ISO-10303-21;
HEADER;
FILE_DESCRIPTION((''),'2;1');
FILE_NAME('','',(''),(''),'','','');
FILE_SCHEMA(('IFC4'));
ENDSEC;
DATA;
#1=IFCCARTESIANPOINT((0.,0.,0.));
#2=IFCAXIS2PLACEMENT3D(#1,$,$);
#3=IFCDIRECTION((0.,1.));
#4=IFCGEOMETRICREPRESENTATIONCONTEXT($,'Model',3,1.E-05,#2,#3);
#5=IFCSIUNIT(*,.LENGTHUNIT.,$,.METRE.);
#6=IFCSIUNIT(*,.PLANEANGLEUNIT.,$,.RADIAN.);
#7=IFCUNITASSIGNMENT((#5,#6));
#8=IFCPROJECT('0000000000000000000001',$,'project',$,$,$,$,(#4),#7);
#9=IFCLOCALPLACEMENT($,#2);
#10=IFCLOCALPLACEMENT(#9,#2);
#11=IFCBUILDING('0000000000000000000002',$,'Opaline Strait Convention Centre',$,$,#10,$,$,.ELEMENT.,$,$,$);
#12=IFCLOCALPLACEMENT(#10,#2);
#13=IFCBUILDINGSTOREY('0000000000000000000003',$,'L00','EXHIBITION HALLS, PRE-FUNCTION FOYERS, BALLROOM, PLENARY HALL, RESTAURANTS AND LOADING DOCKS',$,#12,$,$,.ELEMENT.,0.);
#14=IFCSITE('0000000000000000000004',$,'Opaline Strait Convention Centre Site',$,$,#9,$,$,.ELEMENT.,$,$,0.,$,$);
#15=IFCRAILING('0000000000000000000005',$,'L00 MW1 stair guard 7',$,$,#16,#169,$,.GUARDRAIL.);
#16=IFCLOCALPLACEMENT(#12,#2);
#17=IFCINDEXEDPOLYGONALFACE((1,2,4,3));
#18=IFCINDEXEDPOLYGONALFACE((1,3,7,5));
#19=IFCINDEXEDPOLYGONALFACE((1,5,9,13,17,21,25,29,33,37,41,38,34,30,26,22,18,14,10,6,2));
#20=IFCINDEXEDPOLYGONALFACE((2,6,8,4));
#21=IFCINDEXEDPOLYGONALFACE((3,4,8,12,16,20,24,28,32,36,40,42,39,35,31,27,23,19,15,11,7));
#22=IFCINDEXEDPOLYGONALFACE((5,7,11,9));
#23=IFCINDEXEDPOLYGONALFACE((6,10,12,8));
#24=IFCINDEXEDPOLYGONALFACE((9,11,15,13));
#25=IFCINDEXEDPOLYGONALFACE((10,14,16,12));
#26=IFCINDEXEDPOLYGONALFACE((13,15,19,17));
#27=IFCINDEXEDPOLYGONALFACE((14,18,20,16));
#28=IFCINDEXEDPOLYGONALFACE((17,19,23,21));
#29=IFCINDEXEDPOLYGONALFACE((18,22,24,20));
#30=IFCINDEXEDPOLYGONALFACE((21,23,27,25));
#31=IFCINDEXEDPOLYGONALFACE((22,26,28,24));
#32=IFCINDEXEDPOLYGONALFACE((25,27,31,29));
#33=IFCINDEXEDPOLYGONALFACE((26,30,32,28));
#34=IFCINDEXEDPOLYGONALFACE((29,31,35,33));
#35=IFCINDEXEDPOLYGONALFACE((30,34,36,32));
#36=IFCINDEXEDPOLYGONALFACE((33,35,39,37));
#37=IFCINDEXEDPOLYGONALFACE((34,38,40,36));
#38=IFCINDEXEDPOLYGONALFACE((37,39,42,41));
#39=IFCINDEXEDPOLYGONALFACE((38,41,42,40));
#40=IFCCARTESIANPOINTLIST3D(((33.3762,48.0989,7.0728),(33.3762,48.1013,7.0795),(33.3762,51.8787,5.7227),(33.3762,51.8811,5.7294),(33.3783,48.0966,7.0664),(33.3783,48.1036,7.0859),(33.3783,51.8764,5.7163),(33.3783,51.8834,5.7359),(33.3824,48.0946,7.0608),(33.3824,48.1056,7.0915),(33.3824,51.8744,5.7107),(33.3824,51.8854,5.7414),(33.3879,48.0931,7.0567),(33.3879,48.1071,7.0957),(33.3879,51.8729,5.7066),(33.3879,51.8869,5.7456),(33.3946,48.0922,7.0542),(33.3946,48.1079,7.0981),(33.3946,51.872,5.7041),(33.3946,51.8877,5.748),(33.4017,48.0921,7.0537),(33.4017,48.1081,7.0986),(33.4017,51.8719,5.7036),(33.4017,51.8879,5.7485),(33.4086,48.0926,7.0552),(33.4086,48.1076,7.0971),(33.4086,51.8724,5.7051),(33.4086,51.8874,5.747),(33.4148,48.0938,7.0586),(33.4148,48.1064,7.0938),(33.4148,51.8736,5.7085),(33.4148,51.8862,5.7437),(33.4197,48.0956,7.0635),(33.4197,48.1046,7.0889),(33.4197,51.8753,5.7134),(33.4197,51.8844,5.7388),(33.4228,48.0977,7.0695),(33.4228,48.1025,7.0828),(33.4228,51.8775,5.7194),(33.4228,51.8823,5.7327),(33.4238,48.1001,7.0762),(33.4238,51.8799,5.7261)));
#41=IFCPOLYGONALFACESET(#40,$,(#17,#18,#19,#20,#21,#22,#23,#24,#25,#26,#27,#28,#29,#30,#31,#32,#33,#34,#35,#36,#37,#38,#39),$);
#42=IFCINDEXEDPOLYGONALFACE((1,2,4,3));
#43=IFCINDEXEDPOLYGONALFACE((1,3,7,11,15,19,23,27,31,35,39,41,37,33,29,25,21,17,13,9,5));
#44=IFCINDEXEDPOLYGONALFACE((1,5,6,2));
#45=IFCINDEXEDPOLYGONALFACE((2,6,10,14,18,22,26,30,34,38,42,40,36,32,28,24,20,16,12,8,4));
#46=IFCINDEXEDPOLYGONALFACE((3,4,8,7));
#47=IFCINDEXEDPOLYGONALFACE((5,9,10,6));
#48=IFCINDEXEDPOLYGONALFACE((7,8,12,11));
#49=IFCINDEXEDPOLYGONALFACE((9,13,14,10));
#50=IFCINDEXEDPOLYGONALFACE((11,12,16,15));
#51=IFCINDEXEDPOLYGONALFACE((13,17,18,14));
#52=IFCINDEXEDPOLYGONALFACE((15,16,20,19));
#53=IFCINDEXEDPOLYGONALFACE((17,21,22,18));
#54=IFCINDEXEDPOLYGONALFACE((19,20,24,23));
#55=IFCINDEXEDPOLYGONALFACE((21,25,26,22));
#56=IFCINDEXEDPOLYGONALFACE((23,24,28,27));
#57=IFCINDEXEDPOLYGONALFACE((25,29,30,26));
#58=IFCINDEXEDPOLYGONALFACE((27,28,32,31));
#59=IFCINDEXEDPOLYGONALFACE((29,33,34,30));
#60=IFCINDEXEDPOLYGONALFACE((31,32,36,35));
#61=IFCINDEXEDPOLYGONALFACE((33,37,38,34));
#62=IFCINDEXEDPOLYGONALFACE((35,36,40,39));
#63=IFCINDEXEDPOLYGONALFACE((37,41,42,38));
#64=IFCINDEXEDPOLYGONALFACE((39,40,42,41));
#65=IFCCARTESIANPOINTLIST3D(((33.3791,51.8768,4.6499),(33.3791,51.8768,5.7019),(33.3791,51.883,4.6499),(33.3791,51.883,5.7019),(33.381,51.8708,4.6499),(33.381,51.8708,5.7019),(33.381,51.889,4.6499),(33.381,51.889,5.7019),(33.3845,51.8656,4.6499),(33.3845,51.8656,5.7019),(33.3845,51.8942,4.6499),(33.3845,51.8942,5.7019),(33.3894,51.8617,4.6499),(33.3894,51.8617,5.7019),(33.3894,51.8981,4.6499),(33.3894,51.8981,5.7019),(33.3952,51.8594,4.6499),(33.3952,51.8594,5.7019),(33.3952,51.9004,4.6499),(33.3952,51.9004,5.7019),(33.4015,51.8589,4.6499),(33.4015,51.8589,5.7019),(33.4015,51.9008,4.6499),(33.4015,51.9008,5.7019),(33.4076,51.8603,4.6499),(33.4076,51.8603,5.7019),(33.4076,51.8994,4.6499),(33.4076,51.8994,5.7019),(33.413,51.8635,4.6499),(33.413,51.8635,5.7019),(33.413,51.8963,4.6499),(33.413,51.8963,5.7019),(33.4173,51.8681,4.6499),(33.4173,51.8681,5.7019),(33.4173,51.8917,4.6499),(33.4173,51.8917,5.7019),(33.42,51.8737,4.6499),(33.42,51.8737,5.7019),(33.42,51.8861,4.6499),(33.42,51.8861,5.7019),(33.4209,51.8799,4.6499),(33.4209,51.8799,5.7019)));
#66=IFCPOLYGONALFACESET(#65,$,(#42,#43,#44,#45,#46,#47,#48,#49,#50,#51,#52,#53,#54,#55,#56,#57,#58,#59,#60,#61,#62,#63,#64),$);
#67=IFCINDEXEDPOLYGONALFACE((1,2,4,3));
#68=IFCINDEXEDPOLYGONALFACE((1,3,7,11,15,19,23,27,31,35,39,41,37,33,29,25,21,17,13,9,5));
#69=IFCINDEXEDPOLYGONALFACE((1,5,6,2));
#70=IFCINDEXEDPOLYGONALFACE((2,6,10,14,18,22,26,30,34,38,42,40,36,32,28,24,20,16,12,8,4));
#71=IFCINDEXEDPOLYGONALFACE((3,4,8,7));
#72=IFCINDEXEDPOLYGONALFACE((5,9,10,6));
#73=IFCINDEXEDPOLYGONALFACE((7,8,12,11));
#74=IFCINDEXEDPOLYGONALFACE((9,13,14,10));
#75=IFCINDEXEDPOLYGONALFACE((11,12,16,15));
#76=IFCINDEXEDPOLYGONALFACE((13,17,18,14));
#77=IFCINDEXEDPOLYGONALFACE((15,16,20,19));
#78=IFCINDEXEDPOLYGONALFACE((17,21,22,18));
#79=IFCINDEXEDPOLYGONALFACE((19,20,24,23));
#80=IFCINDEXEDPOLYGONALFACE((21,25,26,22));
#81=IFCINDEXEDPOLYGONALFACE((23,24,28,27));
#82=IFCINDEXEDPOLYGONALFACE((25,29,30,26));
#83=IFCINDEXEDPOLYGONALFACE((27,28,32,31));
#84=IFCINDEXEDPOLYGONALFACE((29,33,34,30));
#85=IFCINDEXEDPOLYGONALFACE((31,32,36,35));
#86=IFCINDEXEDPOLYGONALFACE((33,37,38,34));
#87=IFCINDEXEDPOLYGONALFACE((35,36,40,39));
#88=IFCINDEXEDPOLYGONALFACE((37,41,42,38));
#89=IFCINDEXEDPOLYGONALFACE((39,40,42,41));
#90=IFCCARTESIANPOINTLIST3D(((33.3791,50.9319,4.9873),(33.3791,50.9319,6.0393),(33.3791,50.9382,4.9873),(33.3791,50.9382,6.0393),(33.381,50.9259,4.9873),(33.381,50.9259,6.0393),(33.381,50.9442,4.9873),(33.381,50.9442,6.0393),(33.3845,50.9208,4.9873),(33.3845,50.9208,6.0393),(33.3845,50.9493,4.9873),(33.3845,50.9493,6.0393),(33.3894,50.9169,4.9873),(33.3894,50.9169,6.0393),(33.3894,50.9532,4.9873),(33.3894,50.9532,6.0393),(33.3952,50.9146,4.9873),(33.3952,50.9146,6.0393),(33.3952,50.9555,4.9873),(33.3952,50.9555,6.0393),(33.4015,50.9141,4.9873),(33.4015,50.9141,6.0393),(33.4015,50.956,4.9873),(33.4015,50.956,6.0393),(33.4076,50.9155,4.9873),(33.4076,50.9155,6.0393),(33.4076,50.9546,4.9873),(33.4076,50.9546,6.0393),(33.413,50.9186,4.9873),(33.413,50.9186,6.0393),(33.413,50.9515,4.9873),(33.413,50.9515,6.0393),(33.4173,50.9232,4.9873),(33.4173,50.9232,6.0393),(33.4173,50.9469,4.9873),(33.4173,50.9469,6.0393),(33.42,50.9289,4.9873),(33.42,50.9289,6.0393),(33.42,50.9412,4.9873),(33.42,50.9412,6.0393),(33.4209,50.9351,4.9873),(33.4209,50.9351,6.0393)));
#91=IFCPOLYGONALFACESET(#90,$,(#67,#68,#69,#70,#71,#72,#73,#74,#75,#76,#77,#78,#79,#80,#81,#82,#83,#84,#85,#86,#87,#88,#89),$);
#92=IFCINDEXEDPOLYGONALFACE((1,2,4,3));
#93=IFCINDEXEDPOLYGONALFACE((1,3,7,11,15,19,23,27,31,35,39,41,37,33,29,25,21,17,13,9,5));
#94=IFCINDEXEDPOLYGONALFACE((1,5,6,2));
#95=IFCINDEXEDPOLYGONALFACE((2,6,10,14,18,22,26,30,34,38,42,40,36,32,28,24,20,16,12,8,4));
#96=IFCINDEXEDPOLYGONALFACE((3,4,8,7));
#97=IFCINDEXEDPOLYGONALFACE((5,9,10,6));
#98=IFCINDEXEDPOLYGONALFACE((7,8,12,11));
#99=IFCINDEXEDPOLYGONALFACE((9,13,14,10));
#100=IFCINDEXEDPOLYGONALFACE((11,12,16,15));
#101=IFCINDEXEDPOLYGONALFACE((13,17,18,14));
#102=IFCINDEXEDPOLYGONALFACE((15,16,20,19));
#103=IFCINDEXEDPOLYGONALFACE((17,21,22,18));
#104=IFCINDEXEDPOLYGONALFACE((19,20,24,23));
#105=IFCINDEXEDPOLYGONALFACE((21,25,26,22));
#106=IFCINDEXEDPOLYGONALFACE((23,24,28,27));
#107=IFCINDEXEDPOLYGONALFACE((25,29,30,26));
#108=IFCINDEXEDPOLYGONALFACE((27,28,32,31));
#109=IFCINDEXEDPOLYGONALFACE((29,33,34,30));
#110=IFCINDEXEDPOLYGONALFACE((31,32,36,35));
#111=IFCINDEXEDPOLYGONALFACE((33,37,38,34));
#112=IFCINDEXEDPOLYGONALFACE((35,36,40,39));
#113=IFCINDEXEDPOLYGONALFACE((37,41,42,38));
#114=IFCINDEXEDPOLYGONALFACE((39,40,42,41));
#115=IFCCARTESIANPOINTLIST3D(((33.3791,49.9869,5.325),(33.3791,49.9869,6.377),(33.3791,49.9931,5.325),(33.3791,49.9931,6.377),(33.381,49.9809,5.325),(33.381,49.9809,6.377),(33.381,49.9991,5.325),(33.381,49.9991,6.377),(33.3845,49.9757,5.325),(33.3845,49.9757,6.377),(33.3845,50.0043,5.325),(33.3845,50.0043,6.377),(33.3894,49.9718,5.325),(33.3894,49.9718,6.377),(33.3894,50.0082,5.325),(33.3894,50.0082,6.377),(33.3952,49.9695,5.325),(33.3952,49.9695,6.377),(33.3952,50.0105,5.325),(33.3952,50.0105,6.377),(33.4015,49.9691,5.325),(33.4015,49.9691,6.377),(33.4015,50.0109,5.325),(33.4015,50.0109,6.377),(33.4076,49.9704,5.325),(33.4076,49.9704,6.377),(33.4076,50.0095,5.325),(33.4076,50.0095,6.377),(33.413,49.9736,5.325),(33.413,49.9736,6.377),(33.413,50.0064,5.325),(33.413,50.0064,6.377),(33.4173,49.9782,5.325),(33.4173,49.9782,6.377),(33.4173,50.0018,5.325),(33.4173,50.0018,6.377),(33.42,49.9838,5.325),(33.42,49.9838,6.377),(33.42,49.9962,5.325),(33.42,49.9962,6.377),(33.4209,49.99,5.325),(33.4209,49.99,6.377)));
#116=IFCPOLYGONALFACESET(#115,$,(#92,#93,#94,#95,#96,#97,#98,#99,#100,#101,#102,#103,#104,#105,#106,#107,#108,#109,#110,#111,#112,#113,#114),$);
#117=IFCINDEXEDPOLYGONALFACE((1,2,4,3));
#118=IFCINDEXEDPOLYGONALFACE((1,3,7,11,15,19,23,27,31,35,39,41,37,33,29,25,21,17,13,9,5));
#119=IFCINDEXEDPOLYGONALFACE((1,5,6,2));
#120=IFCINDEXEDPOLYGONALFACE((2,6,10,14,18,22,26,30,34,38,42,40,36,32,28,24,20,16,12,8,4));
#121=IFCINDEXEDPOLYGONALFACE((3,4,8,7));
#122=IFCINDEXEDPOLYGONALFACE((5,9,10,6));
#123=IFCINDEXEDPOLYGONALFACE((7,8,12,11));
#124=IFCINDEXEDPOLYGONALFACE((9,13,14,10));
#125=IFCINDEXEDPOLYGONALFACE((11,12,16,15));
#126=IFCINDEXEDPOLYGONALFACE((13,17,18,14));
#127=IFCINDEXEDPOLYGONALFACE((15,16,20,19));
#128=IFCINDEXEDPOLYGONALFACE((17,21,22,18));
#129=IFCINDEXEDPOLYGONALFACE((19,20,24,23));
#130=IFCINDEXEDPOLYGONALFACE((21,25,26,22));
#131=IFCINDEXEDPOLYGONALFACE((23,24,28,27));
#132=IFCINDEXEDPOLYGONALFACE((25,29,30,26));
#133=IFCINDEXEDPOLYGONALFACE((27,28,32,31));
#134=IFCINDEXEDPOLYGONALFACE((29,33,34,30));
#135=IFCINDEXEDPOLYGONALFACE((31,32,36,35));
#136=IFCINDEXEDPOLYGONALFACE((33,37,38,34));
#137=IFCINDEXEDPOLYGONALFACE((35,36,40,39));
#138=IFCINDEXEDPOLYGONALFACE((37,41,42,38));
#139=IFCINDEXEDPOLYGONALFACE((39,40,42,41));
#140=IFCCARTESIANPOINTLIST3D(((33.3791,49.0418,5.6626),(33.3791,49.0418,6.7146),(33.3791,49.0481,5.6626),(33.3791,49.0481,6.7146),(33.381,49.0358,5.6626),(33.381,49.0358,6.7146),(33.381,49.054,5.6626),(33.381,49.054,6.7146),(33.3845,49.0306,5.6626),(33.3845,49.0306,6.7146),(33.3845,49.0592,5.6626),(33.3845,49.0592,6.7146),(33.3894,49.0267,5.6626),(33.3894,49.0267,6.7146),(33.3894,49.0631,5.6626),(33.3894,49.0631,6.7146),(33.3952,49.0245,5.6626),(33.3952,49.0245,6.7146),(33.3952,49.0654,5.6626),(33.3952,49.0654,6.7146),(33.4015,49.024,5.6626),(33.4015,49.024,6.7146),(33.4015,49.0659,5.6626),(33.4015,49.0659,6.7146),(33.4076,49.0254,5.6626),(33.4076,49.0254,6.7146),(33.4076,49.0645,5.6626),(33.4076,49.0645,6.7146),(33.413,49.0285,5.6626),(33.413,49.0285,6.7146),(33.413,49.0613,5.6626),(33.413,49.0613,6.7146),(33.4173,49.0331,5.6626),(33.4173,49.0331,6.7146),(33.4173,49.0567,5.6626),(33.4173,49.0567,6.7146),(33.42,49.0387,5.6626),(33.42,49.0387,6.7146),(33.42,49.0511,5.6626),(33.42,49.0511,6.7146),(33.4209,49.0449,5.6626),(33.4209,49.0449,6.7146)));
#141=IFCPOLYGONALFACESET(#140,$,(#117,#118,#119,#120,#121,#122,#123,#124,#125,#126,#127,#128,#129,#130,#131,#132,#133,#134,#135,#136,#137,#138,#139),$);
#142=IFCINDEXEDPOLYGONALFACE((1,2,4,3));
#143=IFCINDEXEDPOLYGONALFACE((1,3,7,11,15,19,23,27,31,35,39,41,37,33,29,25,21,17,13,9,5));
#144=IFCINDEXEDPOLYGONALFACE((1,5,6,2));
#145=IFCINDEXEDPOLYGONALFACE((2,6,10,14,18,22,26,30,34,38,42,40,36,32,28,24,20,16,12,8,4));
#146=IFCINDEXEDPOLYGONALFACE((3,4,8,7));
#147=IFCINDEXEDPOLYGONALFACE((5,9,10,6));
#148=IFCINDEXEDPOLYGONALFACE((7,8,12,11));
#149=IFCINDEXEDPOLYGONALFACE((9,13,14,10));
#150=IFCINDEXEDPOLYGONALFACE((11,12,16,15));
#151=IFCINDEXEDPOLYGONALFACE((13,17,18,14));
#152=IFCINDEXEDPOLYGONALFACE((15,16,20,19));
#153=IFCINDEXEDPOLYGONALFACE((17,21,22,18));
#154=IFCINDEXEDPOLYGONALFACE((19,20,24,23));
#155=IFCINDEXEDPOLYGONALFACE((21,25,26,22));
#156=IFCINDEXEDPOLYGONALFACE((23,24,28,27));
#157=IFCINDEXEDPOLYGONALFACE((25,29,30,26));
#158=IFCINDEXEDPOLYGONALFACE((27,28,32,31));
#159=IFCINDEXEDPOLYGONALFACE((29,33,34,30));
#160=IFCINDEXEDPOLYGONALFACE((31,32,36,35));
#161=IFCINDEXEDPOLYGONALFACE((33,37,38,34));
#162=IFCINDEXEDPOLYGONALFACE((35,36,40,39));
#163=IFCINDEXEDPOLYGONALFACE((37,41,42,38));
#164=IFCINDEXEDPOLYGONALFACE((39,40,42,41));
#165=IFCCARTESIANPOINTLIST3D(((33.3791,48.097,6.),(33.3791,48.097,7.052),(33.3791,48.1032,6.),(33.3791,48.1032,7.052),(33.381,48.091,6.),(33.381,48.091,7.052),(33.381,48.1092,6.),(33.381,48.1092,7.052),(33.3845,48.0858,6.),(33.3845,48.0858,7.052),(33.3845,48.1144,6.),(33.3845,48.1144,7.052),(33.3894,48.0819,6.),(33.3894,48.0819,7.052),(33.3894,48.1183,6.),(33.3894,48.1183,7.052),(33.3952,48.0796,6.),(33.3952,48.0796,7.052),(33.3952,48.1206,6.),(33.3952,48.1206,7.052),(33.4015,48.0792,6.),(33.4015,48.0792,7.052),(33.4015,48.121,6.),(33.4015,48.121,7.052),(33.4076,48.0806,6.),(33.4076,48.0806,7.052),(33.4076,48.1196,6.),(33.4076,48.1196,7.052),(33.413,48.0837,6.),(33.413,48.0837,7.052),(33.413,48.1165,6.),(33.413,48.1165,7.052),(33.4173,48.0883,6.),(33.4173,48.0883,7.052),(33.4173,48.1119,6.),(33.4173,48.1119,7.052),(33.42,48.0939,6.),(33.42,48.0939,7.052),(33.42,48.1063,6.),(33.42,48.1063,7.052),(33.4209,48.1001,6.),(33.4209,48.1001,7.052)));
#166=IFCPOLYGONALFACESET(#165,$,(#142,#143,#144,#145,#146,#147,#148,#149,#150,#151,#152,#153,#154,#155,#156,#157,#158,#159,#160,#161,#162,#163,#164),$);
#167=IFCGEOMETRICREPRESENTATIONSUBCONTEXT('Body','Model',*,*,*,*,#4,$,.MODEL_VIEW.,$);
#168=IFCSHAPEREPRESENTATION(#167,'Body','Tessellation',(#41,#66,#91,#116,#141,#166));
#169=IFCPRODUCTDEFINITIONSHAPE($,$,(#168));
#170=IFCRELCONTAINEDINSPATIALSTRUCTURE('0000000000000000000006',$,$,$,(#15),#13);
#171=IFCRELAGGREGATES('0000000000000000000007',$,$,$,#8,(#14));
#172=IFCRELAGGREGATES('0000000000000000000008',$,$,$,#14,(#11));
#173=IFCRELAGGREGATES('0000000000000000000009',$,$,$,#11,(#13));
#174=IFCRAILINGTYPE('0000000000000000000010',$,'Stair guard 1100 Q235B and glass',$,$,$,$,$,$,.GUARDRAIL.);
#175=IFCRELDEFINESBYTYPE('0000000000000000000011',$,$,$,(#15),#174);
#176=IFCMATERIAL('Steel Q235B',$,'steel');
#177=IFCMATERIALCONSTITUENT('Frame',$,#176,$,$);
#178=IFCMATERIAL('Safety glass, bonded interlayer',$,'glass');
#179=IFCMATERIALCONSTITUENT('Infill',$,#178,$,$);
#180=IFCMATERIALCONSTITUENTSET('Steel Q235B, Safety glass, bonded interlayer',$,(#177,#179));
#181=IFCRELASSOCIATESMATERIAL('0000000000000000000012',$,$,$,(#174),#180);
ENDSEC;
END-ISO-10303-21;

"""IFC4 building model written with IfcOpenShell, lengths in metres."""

from ifc_helpers import new_model, si_unit, direction, frame, origin, origin_2d, place, context, subcontext, project, spatial, circle, extrude, material, constituent, constituent_set, type_object, element, save


model = new_model("IFC4")

# Units and contexts
model_context = context("Model", 3, precision=1e-05, world=origin(), true_north=direction((0.0, 1.0)))
body_context = subcontext(model_context, "Body", "Model", "MODEL_VIEW")
ifc_project = project(units=[si_unit("LENGTHUNIT", "METRE"), si_unit("PLANEANGLEUNIT", "RADIAN")], contexts=[model_context])

# Site, building, storey
site_placement = place(None, origin())
site = spatial("IfcSite", under=ifc_project, at=site_placement, Name="Opaline Strait Convention Centre Site", CompositionType="ELEMENT", RefElevation=0.0)
building_placement = place(site_placement, origin())
building = spatial("IfcBuilding", under=site, at=building_placement, Name="Opaline Strait Convention Centre", CompositionType="ELEMENT")
storey_placement = place(building_placement, origin())
storey = spatial("IfcBuildingStorey", under=building, at=storey_placement, Name="L00", Description="EXHIBITION HALLS, PRE-FUNCTION FOYERS, BALLROOM, PLENARY HALL, RESTAURANTS AND LOADING DOCKS", CompositionType="ELEMENT", Elevation=0.0)

# Railing
ifc_material_1 = material(Name="Steel Q235B", Category="steel")
ifc_constituent_1 = constituent(ifc_material_1, Name="Frame")
ifc_material_2 = material(Name="Safety glass, bonded interlayer", Category="glass")
ifc_constituent_2 = constituent(ifc_material_2, Name="Infill")
ifc_constituent_set = constituent_set(constituents=[ifc_constituent_1, ifc_constituent_2], Name="Steel Q235B, Safety glass, bonded interlayer")
railing_type_1 = type_object("IfcRailingType", Name="Stair guard 1100 Q235B and glass", PredefinedType="GUARDRAIL", material=ifc_constituent_set)
railing_1_placement = place(storey_placement, frame((33.3999, 51.8799, 4.6499)))
element("IfcRailing", 1, at=railing_1_placement, inside=storey, type_object=railing_type_1, Name="L00 MW1 stair guard 7", PredefinedType="GUARDRAIL", context=body_context, shape_type="SweptSolid", body=[
    extrude(circle(Radius=0.0239, at=origin_2d()), frame((0.0, 0.0, 1.0762), z_axis=(0.0, -0.941728, 0.336375), x_axis=(1.0, 0.0, 0.0)), (0.0, 0.0, 1.0), 4.0137),
    extrude(circle(Radius=0.021, at=origin_2d()), origin(), (0.0, 0.0, 1.0), 1.052),
    extrude(circle(Radius=0.021, at=origin_2d()), frame((0.0, -0.9448, 0.3374)), (0.0, 0.0, 1.0), 1.052),
    extrude(circle(Radius=0.021, at=origin_2d()), frame((0.0, -1.8899, 0.675)), (0.0, 0.0, 1.0), 1.052),
    extrude(circle(Radius=0.021, at=origin_2d()), frame((0.0, -2.835, 1.0127)), (0.0, 0.0, 1.0), 1.052),
    extrude(circle(Radius=0.021, at=origin_2d()), frame((0.0, -3.7798, 1.3501)), (0.0, 0.0, 1.0), 1.052),
])

save(model, "model.ifc")
